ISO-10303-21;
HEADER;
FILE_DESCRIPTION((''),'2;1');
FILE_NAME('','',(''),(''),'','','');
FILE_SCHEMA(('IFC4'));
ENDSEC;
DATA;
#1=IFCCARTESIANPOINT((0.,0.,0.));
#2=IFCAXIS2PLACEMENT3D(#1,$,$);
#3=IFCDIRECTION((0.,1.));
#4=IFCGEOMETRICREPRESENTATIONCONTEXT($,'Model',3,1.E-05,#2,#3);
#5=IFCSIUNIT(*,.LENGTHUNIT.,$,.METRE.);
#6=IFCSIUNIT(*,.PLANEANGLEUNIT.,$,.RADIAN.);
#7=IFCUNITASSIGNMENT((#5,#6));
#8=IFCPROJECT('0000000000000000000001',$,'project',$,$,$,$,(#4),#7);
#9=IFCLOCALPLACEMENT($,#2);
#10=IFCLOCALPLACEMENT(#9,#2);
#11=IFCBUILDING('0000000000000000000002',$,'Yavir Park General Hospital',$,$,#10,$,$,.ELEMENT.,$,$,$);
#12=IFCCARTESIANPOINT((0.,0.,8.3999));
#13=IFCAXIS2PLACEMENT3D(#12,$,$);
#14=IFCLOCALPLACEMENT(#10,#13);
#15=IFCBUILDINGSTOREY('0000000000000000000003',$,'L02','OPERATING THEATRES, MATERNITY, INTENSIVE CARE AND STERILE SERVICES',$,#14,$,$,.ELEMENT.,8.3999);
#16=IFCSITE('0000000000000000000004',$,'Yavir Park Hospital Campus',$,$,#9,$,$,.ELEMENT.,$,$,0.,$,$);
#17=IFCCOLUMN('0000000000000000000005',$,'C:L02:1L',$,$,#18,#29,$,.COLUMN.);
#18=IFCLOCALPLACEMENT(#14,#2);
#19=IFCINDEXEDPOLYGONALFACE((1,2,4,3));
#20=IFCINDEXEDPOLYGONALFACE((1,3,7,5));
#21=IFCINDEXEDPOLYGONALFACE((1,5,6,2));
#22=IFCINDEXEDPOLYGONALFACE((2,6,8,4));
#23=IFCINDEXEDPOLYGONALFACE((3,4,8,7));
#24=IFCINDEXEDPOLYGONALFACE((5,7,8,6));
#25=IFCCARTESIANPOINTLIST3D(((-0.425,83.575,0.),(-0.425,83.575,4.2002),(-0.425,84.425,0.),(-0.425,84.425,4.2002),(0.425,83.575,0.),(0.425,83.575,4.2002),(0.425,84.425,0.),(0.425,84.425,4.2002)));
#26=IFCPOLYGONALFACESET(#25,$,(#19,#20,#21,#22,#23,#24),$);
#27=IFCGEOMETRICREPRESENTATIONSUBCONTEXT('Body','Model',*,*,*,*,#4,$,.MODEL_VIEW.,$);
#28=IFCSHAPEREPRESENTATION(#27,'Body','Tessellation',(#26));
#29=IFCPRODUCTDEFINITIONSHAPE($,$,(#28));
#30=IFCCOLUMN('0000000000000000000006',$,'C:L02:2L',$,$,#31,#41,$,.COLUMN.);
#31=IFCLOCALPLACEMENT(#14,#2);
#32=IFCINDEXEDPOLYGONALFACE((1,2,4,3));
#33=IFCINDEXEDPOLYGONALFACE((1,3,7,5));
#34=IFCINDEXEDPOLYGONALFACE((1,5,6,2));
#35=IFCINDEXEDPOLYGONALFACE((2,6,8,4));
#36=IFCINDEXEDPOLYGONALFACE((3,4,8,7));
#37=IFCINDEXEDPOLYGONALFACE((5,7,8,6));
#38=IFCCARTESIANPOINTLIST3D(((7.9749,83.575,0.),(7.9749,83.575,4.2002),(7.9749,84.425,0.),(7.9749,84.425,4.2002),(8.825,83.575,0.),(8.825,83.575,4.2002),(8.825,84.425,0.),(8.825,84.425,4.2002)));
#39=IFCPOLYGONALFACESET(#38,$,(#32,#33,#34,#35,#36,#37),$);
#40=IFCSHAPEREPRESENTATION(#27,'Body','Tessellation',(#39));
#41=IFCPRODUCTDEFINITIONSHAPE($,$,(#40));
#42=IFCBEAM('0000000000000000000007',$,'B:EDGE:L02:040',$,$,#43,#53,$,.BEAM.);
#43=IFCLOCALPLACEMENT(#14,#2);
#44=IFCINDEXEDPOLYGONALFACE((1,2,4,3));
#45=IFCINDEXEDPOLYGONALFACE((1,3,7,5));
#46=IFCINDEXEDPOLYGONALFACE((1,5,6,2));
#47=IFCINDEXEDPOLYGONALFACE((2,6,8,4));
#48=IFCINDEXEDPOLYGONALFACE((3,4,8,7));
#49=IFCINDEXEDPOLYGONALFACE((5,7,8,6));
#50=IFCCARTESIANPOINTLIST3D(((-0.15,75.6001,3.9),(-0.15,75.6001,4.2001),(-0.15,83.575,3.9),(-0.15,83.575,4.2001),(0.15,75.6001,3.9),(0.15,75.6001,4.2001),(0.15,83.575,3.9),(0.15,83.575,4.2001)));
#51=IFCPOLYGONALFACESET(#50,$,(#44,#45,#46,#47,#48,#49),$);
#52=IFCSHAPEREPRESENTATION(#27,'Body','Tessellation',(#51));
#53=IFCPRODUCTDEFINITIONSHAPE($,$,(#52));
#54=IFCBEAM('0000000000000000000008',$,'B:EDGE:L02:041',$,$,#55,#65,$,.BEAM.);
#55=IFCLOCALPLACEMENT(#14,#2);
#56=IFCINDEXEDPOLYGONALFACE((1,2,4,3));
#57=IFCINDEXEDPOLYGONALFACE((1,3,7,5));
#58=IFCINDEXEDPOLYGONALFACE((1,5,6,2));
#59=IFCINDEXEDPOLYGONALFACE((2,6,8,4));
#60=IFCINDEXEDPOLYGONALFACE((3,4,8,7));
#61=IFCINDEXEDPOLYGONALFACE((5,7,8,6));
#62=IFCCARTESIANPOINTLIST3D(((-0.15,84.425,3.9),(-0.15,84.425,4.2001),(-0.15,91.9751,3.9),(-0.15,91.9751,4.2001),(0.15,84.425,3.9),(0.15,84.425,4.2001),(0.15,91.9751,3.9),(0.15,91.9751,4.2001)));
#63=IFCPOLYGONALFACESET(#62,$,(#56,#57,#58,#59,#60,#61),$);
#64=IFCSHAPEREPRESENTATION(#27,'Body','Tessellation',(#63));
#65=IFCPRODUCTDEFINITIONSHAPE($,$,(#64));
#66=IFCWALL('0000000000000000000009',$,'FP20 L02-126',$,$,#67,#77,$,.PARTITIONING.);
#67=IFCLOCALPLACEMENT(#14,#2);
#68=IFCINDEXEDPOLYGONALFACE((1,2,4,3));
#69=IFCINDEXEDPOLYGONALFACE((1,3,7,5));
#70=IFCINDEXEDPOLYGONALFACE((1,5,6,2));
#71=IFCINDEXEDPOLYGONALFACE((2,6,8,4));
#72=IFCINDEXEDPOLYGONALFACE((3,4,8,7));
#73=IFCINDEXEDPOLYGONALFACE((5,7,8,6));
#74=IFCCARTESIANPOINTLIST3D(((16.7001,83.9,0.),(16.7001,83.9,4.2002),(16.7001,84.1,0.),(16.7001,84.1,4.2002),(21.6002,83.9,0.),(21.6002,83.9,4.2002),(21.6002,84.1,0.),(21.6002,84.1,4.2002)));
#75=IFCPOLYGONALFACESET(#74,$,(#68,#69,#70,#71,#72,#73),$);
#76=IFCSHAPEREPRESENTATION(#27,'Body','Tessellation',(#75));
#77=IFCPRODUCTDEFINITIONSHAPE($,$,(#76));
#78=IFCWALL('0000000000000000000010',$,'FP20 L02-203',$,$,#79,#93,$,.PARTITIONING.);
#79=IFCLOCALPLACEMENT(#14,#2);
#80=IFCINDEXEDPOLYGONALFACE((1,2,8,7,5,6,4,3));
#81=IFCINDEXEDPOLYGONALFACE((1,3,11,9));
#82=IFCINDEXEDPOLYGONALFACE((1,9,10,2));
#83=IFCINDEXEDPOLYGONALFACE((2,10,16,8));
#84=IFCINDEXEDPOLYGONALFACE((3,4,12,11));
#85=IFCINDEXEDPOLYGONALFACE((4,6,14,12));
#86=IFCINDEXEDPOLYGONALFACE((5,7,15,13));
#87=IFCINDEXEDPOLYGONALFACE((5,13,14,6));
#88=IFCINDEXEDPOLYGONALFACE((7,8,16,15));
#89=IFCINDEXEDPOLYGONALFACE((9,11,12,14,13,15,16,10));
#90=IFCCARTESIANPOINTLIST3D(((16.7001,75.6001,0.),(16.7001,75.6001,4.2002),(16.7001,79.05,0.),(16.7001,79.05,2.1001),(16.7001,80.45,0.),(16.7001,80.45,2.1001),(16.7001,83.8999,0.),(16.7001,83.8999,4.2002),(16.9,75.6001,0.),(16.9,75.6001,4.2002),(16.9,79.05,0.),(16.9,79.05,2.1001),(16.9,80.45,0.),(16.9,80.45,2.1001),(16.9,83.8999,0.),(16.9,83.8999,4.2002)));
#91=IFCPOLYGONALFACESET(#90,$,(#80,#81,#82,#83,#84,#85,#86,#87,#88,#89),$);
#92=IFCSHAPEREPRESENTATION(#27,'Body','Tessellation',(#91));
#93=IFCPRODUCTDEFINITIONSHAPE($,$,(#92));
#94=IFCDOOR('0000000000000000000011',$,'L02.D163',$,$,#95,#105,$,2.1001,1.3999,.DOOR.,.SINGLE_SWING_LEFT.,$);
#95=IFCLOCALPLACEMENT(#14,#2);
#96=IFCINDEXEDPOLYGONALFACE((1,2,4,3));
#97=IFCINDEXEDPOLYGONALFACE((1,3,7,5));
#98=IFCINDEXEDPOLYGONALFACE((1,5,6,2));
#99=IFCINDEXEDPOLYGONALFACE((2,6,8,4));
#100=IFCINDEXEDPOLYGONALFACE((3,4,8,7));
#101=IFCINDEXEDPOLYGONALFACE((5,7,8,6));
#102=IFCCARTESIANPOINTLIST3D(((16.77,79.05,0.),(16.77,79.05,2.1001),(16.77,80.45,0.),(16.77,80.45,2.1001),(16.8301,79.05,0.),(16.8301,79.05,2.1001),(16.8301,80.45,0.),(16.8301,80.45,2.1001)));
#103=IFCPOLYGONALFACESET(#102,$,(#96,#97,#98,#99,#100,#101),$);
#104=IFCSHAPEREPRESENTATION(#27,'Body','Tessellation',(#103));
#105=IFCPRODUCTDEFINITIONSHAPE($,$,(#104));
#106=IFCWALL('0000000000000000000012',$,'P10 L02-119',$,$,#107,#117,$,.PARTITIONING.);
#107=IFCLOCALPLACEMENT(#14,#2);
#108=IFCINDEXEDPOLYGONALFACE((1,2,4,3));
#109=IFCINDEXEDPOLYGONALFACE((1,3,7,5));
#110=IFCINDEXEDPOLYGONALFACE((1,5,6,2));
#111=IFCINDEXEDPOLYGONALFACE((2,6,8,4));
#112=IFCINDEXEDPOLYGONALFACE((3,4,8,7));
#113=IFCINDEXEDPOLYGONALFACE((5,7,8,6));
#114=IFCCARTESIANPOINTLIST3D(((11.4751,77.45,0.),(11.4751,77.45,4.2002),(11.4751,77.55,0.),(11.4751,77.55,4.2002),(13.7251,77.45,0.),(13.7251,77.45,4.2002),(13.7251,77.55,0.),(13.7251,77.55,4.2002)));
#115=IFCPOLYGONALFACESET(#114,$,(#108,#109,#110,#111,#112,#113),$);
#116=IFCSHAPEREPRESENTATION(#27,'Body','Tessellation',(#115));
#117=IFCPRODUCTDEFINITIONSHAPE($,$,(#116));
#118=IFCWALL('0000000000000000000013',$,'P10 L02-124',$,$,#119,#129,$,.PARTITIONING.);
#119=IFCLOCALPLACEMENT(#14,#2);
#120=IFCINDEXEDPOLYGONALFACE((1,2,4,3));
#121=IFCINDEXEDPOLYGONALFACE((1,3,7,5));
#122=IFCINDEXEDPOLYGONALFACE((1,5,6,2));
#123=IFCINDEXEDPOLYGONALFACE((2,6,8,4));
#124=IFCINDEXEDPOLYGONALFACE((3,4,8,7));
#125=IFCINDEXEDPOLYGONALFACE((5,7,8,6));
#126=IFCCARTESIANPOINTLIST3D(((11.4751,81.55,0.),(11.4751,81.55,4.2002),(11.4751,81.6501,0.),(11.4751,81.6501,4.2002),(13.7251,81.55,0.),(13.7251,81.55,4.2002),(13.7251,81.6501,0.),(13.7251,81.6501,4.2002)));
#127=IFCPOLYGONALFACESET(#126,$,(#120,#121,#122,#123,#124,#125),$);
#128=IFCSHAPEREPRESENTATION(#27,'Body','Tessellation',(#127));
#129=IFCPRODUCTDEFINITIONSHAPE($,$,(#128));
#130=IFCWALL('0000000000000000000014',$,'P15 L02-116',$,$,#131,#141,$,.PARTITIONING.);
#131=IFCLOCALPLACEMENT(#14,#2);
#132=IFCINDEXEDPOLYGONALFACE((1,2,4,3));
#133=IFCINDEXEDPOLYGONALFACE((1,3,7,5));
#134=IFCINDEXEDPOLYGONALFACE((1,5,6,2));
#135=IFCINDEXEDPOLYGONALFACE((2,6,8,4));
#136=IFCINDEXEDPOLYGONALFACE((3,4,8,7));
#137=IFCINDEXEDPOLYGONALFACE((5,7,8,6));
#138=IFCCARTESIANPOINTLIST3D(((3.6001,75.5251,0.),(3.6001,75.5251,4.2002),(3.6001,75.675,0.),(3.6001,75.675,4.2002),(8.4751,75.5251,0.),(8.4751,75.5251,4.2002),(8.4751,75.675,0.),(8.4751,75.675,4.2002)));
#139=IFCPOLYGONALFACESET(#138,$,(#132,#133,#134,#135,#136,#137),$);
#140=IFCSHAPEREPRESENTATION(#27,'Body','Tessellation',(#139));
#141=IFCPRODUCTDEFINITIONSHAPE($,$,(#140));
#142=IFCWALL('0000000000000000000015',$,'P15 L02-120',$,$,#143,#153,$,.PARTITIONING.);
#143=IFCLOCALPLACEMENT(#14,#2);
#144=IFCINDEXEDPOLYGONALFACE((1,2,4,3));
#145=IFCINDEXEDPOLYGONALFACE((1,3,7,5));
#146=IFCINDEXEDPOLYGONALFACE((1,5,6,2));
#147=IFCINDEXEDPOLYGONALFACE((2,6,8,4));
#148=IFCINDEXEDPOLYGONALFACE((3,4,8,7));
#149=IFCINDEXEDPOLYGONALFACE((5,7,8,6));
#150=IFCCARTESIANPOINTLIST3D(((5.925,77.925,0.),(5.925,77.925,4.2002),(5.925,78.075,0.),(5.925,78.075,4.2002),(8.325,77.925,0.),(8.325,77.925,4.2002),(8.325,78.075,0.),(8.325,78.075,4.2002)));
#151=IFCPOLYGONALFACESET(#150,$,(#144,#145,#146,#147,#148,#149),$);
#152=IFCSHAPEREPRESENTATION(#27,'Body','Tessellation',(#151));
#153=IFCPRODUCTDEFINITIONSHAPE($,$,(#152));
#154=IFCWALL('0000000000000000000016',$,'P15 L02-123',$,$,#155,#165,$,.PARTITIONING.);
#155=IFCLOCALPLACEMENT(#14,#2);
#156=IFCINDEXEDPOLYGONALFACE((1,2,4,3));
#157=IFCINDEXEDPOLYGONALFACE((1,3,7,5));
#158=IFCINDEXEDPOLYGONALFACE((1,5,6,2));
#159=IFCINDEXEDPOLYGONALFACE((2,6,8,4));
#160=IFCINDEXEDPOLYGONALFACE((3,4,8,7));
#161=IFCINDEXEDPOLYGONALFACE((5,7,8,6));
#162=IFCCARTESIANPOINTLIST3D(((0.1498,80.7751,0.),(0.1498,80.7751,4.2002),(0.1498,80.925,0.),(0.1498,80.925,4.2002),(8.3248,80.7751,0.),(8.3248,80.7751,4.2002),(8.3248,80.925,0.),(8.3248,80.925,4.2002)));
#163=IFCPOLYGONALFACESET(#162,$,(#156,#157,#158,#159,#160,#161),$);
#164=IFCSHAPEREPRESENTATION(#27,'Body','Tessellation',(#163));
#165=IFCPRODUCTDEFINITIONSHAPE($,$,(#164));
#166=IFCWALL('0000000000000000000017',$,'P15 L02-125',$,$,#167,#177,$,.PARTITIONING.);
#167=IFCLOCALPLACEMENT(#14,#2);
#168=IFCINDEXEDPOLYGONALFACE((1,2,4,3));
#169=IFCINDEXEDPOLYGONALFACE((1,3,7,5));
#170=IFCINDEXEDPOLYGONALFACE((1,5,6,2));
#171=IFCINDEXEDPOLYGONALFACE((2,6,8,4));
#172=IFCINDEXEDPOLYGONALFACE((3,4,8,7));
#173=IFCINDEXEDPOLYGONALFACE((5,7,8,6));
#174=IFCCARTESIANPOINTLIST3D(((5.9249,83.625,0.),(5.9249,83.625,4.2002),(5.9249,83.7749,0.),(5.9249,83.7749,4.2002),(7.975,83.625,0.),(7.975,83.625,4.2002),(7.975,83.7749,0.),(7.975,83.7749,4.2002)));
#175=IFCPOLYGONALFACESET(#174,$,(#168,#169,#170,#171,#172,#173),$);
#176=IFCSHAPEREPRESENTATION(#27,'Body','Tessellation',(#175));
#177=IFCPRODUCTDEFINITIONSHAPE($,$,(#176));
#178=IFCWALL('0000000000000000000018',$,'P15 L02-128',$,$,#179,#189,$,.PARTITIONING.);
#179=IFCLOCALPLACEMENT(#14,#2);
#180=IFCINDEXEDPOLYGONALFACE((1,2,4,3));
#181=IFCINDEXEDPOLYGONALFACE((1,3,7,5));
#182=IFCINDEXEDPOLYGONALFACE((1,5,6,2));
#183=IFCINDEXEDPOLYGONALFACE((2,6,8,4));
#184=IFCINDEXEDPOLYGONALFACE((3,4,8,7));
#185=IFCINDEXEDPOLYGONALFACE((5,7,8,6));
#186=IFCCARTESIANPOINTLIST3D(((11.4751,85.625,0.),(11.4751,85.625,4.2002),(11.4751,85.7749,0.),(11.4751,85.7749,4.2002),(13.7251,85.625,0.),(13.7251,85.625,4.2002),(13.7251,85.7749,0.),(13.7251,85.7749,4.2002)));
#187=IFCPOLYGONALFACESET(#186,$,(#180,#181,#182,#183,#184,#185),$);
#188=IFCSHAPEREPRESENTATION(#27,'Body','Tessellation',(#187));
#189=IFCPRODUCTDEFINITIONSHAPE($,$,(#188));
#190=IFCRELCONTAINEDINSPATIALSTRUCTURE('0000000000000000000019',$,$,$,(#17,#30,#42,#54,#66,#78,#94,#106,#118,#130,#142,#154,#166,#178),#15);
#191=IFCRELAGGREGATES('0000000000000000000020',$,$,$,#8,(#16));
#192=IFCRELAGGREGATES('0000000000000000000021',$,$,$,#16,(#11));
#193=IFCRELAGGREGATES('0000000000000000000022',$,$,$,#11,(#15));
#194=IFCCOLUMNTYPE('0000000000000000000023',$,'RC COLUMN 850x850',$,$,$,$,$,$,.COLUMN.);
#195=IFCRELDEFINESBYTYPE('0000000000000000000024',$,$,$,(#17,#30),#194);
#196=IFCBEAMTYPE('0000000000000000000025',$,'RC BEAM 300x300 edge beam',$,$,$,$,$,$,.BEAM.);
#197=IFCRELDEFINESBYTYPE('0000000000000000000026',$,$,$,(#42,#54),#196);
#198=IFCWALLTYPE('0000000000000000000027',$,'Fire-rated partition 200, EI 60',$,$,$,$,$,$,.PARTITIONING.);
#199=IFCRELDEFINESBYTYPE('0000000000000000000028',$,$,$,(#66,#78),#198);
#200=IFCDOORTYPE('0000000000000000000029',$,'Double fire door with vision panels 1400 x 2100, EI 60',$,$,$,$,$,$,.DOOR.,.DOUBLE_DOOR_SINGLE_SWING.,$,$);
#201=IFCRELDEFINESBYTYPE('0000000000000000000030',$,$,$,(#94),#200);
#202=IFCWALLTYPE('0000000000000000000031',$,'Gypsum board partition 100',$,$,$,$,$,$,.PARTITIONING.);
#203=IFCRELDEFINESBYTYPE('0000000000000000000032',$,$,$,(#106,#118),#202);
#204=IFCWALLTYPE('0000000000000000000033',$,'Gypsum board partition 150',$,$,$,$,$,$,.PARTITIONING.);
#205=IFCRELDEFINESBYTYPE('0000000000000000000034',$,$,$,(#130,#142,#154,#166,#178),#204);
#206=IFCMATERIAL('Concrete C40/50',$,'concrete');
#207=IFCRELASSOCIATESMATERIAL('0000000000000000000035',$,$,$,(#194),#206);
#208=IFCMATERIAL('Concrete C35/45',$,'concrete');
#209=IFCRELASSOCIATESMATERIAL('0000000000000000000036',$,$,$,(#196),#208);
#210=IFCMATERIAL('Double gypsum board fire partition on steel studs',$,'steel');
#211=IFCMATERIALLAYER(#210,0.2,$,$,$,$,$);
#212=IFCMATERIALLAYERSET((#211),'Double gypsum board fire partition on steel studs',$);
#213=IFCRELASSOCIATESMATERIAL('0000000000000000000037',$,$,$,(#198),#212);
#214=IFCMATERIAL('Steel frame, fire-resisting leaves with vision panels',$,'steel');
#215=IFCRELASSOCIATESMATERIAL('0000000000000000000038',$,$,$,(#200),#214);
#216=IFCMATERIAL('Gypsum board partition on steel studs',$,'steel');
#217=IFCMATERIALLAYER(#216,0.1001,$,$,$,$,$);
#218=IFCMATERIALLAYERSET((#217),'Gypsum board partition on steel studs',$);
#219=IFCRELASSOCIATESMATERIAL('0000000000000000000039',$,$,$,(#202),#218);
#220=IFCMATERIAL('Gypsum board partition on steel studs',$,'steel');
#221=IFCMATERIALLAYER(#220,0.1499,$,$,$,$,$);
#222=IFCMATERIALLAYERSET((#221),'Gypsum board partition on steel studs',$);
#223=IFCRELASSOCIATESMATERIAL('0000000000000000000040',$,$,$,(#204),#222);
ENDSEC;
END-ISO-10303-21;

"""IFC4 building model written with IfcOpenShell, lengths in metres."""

from ifc_helpers import new_model, si_unit, direction, frame, frame_2d, origin, origin_2d, place, context, subcontext, project, spatial, rectangle, extrude, material, layer, layer_set, material_profile, profile_set, type_object, element, fill, save


model = new_model("IFC4")

# Units and contexts
model_context = context("Model", 3, precision=1e-05, world=origin(), true_north=direction((0.0, 1.0)))
body_context = subcontext(model_context, "Body", "Model", "MODEL_VIEW")
ifc_project = project(units=[si_unit("LENGTHUNIT", "METRE"), si_unit("PLANEANGLEUNIT", "RADIAN")], contexts=[model_context])

# Site, building, storey
site_placement = place(None, origin())
site = spatial("IfcSite", under=ifc_project, at=site_placement, Name="Yavir Park Hospital Campus", CompositionType="ELEMENT", RefElevation=0.0)
building_placement = place(site_placement, origin())
building = spatial("IfcBuilding", under=site, at=building_placement, Name="Yavir Park General Hospital", CompositionType="ELEMENT")
storey_placement = place(building_placement, frame((0.0, 0.0, 8.3999)))
storey = spatial("IfcBuildingStorey", under=building, at=storey_placement, Name="L02", Description="OPERATING THEATRES, MATERNITY, INTENSIVE CARE AND STERILE SERVICES", CompositionType="ELEMENT", Elevation=8.3999)

# Columns
ifc_material_1 = material(Name="Concrete C40/50", Category="concrete")
ifc_material_profile_1 = material_profile(ifc_material_1, rectangle(XDim=0.8501, YDim=0.8501, at=origin_2d()), Name="RC850x850")
ifc_profile_set_1 = profile_set([ifc_material_profile_1], Name="Concrete C40/50")
column_type = type_object("IfcColumnType", Name="RC COLUMN 850x850", PredefinedType="COLUMN", material=ifc_profile_set_1)
for number, where, z_axis, x_axis, name in (
    (1, (0.0, 84.0, 0.0), (0.0, 0.0, 1.0), (1.0, 0.0, 0.0), "C:L02:1L"),
    (2, (8.3999, 84.0, 0.0), (0.0, 0.0, 1.0), (1.0, 0.0, 0.0), "C:L02:2L"),
):
    element("IfcColumn", number, at=place(storey_placement, frame(where, z_axis=z_axis, x_axis=x_axis)), inside=storey, type_object=column_type, Name=name, PredefinedType="COLUMN", context=body_context, shape_type="SweptSolid", body=[
        extrude(rectangle(XDim=0.8501, YDim=0.8501, at=origin_2d()), origin(), (0.0, 0.0, 1.0), 4.2002),
    ])

# Beams
ifc_material_2 = material(Name="Concrete C35/45", Category="concrete")
ifc_material_profile_2 = material_profile(ifc_material_2, rectangle(XDim=0.3, YDim=0.3, at=origin_2d()), Name="RC300x300")
ifc_profile_set_2 = profile_set([ifc_material_profile_2], Name="Concrete C35/45")
beam_type = type_object("IfcBeamType", Name="RC BEAM 300x300 edge beam", PredefinedType="BEAM", material=ifc_profile_set_2)
beam_1_placement = place(storey_placement, frame((0.0, 75.6001, 4.05), z_axis=(0.0, 1.0, 0.0), x_axis=(-1.0, 0.0, 0.0)))
element("IfcBeam", 3, at=beam_1_placement, inside=storey, type_object=beam_type, Name="B:EDGE:L02:040", PredefinedType="BEAM", context=body_context, shape_type="SweptSolid", body=[
    extrude(rectangle(XDim=0.3, YDim=0.3, at=origin_2d()), origin(), (0.0, 0.0, 1.0), 7.9749),
])
beam_2_placement = place(storey_placement, frame((0.0, 84.425, 4.05), z_axis=(0.0, 1.0, 0.0), x_axis=(-1.0, 0.0, 0.0)))
element("IfcBeam", 4, at=beam_2_placement, inside=storey, type_object=beam_type, Name="B:EDGE:L02:041", PredefinedType="BEAM", context=body_context, shape_type="SweptSolid", body=[
    extrude(rectangle(XDim=0.3, YDim=0.3, at=origin_2d()), origin(), (0.0, 0.0, 1.0), 7.55),
])

# Wall
ifc_material_3 = material(Name="Double gypsum board fire partition on steel studs", Category="steel")
ifc_layer_1 = layer(ifc_material_3, 0.2)
ifc_layer_set_1 = layer_set([ifc_layer_1], Name="Double gypsum board fire partition on steel studs")
wall_type_1 = type_object("IfcWallType", Name="Fire-rated partition 200, EI 60", PredefinedType="PARTITIONING", material=ifc_layer_set_1)
wall_1_placement = place(storey_placement, frame((16.7, 84.0, 0.0), z_axis=(0.0, 0.0, 1.0), x_axis=(1.0, 0.0, 0.0)))
element("IfcWall", 5, at=wall_1_placement, inside=storey, type_object=wall_type_1, Name="FP20 L02-126", PredefinedType="PARTITIONING", context=body_context, shape_type="SweptSolid", body=[
    extrude(rectangle(XDim=4.9001, YDim=0.2, at=frame_2d((2.4502, 0.0))), origin(), (0.0, 0.0, 1.0), 4.2002),
])

# Wall, opening, door
wall_2_placement = place(storey_placement, frame((16.8, 75.6001, 0.0), z_axis=(0.0, 0.0, 1.0), x_axis=(0.0, 1.0, 0.0)))
wall_2 = element("IfcWall", 6, at=wall_2_placement, inside=storey, type_object=wall_type_1, Name="FP20 L02-203", PredefinedType="PARTITIONING", context=body_context, shape_type="SweptSolid", body=[
    extrude(rectangle(XDim=8.2998, YDim=0.2, at=frame_2d((4.1499, 0.0))), origin(), (0.0, 0.0, 1.0), 4.2002),
])
opening_1_placement = place(wall_2_placement, frame((3.45, 0.0, 0.0)))
opening_1 = element("IfcOpeningElement", 7, at=opening_1_placement, cuts=wall_2, PredefinedType="OPENING", context=body_context, shape_type="SweptSolid", body=[
    extrude(rectangle(XDim=1.3999, YDim=2.1001, at=frame_2d((0.7, 1.05))), frame((0.0, 0.1099, 0.0), z_axis=(0.0, -1.0, 0.0), x_axis=(1.0, 0.0, 0.0)), (0.0, 0.0, 1.0), 0.22),
])
ifc_material_4 = material(Name="Steel frame, fire-resisting leaves with vision panels", Category="steel")
door_type_1 = type_object("IfcDoorType", Name="Double fire door with vision panels 1400 x 2100, EI 60", OperationType="DOUBLE_DOOR_SINGLE_SWING", PredefinedType="DOOR", material=ifc_material_4)
door_1_placement = place(opening_1_placement, origin())
door_1 = element("IfcDoor", 8, at=door_1_placement, inside=storey, type_object=door_type_1, Name="L02.D163", OperationType="SINGLE_SWING_LEFT", OverallHeight=2.1001, OverallWidth=1.3999, PredefinedType="DOOR", context=body_context, shape_type="SweptSolid", body=[
    extrude(rectangle(XDim=1.3999, YDim=2.1001, at=frame_2d((0.7, 1.05))), frame((0.0, 0.03, 0.0), z_axis=(0.0, -1.0, 0.0), x_axis=(1.0, 0.0, 0.0)), (0.0, 0.0, 1.0), 0.0601),
])
fill(opening_1, door_1)

# Walls
ifc_material_5 = material(Name="Gypsum board partition on steel studs", Category="steel")
ifc_layer_2 = layer(ifc_material_5, 0.1001)
ifc_layer_set_2 = layer_set([ifc_layer_2], Name="Gypsum board partition on steel studs")
wall_type_2 = type_object("IfcWallType", Name="Gypsum board partition 100", PredefinedType="PARTITIONING", material=ifc_layer_set_2)
for number, where, z_axis, x_axis, name in (
    (9, (11.4751, 77.5, 0.0), (0.0, 0.0, 1.0), (1.0, 0.0, 0.0), "P10 L02-119"),
    (10, (11.4751, 81.6001, 0.0), (0.0, 0.0, 1.0), (1.0, 0.0, 0.0), "P10 L02-124"),
):
    element("IfcWall", number, at=place(storey_placement, frame(where, z_axis=z_axis, x_axis=x_axis)), inside=storey, type_object=wall_type_2, Name=name, PredefinedType="PARTITIONING", context=body_context, shape_type="SweptSolid", body=[
        extrude(rectangle(XDim=2.25, YDim=0.1001, at=frame_2d((1.125, 0.0))), origin(), (0.0, 0.0, 1.0), 4.2002),
    ])
ifc_material_6 = material(Name="Gypsum board partition on steel studs", Category="steel")
ifc_layer_3 = layer(ifc_material_6, 0.1499)
ifc_layer_set_3 = layer_set([ifc_layer_3], Name="Gypsum board partition on steel studs")
wall_type_3 = type_object("IfcWallType", Name="Gypsum board partition 150", PredefinedType="PARTITIONING", material=ifc_layer_set_3)
wall_3_placement = place(storey_placement, frame((3.6001, 75.6001, 0.0), z_axis=(0.0, 0.0, 1.0), x_axis=(1.0, 0.0, 0.0)))
element("IfcWall", 11, at=wall_3_placement, inside=storey, type_object=wall_type_3, Name="P15 L02-116", PredefinedType="PARTITIONING", context=body_context, shape_type="SweptSolid", body=[
    extrude(rectangle(XDim=4.875, YDim=0.1499, at=frame_2d((2.4375, 0.0))), origin(), (0.0, 0.0, 1.0), 4.2002),
])
wall_4_placement = place(storey_placement, frame((5.925, 78.0, 0.0), z_axis=(0.0, 0.0, 1.0), x_axis=(1.0, 0.0, 0.0)))
element("IfcWall", 12, at=wall_4_placement, inside=storey, type_object=wall_type_3, Name="P15 L02-120", PredefinedType="PARTITIONING", context=body_context, shape_type="SweptSolid", body=[
    extrude(rectangle(XDim=2.3999, YDim=0.1499, at=frame_2d((1.2, 0.0))), origin(), (0.0, 0.0, 1.0), 4.2002),
])
wall_5_placement = place(storey_placement, frame((0.1499, 80.8501, 0.0), z_axis=(0.0, 0.0, 1.0), x_axis=(1.0, 0.0, 0.0)))
element("IfcWall", 13, at=wall_5_placement, inside=storey, type_object=wall_type_3, Name="P15 L02-123", PredefinedType="PARTITIONING", context=body_context, shape_type="SweptSolid", body=[
    extrude(rectangle(XDim=8.175, YDim=0.1499, at=frame_2d((4.0874, 0.0))), origin(), (0.0, 0.0, 1.0), 4.2002),
])
wall_6_placement = place(storey_placement, frame((5.925, 83.7, 0.0), z_axis=(0.0, 0.0, 1.0), x_axis=(1.0, 0.0, 0.0)))
element("IfcWall", 14, at=wall_6_placement, inside=storey, type_object=wall_type_3, Name="P15 L02-125", PredefinedType="PARTITIONING", context=body_context, shape_type="SweptSolid", body=[
    extrude(rectangle(XDim=2.05, YDim=0.1499, at=frame_2d((1.0249, 0.0))), origin(), (0.0, 0.0, 1.0), 4.2002),
])
wall_7_placement = place(storey_placement, frame((11.4751, 85.7, 0.0), z_axis=(0.0, 0.0, 1.0), x_axis=(1.0, 0.0, 0.0)))
element("IfcWall", 15, at=wall_7_placement, inside=storey, type_object=wall_type_3, Name="P15 L02-128", PredefinedType="PARTITIONING", context=body_context, shape_type="SweptSolid", body=[
    extrude(rectangle(XDim=2.25, YDim=0.1499, at=frame_2d((1.125, 0.0))), origin(), (0.0, 0.0, 1.0), 4.2002),
])

save(model, "model.ifc")
